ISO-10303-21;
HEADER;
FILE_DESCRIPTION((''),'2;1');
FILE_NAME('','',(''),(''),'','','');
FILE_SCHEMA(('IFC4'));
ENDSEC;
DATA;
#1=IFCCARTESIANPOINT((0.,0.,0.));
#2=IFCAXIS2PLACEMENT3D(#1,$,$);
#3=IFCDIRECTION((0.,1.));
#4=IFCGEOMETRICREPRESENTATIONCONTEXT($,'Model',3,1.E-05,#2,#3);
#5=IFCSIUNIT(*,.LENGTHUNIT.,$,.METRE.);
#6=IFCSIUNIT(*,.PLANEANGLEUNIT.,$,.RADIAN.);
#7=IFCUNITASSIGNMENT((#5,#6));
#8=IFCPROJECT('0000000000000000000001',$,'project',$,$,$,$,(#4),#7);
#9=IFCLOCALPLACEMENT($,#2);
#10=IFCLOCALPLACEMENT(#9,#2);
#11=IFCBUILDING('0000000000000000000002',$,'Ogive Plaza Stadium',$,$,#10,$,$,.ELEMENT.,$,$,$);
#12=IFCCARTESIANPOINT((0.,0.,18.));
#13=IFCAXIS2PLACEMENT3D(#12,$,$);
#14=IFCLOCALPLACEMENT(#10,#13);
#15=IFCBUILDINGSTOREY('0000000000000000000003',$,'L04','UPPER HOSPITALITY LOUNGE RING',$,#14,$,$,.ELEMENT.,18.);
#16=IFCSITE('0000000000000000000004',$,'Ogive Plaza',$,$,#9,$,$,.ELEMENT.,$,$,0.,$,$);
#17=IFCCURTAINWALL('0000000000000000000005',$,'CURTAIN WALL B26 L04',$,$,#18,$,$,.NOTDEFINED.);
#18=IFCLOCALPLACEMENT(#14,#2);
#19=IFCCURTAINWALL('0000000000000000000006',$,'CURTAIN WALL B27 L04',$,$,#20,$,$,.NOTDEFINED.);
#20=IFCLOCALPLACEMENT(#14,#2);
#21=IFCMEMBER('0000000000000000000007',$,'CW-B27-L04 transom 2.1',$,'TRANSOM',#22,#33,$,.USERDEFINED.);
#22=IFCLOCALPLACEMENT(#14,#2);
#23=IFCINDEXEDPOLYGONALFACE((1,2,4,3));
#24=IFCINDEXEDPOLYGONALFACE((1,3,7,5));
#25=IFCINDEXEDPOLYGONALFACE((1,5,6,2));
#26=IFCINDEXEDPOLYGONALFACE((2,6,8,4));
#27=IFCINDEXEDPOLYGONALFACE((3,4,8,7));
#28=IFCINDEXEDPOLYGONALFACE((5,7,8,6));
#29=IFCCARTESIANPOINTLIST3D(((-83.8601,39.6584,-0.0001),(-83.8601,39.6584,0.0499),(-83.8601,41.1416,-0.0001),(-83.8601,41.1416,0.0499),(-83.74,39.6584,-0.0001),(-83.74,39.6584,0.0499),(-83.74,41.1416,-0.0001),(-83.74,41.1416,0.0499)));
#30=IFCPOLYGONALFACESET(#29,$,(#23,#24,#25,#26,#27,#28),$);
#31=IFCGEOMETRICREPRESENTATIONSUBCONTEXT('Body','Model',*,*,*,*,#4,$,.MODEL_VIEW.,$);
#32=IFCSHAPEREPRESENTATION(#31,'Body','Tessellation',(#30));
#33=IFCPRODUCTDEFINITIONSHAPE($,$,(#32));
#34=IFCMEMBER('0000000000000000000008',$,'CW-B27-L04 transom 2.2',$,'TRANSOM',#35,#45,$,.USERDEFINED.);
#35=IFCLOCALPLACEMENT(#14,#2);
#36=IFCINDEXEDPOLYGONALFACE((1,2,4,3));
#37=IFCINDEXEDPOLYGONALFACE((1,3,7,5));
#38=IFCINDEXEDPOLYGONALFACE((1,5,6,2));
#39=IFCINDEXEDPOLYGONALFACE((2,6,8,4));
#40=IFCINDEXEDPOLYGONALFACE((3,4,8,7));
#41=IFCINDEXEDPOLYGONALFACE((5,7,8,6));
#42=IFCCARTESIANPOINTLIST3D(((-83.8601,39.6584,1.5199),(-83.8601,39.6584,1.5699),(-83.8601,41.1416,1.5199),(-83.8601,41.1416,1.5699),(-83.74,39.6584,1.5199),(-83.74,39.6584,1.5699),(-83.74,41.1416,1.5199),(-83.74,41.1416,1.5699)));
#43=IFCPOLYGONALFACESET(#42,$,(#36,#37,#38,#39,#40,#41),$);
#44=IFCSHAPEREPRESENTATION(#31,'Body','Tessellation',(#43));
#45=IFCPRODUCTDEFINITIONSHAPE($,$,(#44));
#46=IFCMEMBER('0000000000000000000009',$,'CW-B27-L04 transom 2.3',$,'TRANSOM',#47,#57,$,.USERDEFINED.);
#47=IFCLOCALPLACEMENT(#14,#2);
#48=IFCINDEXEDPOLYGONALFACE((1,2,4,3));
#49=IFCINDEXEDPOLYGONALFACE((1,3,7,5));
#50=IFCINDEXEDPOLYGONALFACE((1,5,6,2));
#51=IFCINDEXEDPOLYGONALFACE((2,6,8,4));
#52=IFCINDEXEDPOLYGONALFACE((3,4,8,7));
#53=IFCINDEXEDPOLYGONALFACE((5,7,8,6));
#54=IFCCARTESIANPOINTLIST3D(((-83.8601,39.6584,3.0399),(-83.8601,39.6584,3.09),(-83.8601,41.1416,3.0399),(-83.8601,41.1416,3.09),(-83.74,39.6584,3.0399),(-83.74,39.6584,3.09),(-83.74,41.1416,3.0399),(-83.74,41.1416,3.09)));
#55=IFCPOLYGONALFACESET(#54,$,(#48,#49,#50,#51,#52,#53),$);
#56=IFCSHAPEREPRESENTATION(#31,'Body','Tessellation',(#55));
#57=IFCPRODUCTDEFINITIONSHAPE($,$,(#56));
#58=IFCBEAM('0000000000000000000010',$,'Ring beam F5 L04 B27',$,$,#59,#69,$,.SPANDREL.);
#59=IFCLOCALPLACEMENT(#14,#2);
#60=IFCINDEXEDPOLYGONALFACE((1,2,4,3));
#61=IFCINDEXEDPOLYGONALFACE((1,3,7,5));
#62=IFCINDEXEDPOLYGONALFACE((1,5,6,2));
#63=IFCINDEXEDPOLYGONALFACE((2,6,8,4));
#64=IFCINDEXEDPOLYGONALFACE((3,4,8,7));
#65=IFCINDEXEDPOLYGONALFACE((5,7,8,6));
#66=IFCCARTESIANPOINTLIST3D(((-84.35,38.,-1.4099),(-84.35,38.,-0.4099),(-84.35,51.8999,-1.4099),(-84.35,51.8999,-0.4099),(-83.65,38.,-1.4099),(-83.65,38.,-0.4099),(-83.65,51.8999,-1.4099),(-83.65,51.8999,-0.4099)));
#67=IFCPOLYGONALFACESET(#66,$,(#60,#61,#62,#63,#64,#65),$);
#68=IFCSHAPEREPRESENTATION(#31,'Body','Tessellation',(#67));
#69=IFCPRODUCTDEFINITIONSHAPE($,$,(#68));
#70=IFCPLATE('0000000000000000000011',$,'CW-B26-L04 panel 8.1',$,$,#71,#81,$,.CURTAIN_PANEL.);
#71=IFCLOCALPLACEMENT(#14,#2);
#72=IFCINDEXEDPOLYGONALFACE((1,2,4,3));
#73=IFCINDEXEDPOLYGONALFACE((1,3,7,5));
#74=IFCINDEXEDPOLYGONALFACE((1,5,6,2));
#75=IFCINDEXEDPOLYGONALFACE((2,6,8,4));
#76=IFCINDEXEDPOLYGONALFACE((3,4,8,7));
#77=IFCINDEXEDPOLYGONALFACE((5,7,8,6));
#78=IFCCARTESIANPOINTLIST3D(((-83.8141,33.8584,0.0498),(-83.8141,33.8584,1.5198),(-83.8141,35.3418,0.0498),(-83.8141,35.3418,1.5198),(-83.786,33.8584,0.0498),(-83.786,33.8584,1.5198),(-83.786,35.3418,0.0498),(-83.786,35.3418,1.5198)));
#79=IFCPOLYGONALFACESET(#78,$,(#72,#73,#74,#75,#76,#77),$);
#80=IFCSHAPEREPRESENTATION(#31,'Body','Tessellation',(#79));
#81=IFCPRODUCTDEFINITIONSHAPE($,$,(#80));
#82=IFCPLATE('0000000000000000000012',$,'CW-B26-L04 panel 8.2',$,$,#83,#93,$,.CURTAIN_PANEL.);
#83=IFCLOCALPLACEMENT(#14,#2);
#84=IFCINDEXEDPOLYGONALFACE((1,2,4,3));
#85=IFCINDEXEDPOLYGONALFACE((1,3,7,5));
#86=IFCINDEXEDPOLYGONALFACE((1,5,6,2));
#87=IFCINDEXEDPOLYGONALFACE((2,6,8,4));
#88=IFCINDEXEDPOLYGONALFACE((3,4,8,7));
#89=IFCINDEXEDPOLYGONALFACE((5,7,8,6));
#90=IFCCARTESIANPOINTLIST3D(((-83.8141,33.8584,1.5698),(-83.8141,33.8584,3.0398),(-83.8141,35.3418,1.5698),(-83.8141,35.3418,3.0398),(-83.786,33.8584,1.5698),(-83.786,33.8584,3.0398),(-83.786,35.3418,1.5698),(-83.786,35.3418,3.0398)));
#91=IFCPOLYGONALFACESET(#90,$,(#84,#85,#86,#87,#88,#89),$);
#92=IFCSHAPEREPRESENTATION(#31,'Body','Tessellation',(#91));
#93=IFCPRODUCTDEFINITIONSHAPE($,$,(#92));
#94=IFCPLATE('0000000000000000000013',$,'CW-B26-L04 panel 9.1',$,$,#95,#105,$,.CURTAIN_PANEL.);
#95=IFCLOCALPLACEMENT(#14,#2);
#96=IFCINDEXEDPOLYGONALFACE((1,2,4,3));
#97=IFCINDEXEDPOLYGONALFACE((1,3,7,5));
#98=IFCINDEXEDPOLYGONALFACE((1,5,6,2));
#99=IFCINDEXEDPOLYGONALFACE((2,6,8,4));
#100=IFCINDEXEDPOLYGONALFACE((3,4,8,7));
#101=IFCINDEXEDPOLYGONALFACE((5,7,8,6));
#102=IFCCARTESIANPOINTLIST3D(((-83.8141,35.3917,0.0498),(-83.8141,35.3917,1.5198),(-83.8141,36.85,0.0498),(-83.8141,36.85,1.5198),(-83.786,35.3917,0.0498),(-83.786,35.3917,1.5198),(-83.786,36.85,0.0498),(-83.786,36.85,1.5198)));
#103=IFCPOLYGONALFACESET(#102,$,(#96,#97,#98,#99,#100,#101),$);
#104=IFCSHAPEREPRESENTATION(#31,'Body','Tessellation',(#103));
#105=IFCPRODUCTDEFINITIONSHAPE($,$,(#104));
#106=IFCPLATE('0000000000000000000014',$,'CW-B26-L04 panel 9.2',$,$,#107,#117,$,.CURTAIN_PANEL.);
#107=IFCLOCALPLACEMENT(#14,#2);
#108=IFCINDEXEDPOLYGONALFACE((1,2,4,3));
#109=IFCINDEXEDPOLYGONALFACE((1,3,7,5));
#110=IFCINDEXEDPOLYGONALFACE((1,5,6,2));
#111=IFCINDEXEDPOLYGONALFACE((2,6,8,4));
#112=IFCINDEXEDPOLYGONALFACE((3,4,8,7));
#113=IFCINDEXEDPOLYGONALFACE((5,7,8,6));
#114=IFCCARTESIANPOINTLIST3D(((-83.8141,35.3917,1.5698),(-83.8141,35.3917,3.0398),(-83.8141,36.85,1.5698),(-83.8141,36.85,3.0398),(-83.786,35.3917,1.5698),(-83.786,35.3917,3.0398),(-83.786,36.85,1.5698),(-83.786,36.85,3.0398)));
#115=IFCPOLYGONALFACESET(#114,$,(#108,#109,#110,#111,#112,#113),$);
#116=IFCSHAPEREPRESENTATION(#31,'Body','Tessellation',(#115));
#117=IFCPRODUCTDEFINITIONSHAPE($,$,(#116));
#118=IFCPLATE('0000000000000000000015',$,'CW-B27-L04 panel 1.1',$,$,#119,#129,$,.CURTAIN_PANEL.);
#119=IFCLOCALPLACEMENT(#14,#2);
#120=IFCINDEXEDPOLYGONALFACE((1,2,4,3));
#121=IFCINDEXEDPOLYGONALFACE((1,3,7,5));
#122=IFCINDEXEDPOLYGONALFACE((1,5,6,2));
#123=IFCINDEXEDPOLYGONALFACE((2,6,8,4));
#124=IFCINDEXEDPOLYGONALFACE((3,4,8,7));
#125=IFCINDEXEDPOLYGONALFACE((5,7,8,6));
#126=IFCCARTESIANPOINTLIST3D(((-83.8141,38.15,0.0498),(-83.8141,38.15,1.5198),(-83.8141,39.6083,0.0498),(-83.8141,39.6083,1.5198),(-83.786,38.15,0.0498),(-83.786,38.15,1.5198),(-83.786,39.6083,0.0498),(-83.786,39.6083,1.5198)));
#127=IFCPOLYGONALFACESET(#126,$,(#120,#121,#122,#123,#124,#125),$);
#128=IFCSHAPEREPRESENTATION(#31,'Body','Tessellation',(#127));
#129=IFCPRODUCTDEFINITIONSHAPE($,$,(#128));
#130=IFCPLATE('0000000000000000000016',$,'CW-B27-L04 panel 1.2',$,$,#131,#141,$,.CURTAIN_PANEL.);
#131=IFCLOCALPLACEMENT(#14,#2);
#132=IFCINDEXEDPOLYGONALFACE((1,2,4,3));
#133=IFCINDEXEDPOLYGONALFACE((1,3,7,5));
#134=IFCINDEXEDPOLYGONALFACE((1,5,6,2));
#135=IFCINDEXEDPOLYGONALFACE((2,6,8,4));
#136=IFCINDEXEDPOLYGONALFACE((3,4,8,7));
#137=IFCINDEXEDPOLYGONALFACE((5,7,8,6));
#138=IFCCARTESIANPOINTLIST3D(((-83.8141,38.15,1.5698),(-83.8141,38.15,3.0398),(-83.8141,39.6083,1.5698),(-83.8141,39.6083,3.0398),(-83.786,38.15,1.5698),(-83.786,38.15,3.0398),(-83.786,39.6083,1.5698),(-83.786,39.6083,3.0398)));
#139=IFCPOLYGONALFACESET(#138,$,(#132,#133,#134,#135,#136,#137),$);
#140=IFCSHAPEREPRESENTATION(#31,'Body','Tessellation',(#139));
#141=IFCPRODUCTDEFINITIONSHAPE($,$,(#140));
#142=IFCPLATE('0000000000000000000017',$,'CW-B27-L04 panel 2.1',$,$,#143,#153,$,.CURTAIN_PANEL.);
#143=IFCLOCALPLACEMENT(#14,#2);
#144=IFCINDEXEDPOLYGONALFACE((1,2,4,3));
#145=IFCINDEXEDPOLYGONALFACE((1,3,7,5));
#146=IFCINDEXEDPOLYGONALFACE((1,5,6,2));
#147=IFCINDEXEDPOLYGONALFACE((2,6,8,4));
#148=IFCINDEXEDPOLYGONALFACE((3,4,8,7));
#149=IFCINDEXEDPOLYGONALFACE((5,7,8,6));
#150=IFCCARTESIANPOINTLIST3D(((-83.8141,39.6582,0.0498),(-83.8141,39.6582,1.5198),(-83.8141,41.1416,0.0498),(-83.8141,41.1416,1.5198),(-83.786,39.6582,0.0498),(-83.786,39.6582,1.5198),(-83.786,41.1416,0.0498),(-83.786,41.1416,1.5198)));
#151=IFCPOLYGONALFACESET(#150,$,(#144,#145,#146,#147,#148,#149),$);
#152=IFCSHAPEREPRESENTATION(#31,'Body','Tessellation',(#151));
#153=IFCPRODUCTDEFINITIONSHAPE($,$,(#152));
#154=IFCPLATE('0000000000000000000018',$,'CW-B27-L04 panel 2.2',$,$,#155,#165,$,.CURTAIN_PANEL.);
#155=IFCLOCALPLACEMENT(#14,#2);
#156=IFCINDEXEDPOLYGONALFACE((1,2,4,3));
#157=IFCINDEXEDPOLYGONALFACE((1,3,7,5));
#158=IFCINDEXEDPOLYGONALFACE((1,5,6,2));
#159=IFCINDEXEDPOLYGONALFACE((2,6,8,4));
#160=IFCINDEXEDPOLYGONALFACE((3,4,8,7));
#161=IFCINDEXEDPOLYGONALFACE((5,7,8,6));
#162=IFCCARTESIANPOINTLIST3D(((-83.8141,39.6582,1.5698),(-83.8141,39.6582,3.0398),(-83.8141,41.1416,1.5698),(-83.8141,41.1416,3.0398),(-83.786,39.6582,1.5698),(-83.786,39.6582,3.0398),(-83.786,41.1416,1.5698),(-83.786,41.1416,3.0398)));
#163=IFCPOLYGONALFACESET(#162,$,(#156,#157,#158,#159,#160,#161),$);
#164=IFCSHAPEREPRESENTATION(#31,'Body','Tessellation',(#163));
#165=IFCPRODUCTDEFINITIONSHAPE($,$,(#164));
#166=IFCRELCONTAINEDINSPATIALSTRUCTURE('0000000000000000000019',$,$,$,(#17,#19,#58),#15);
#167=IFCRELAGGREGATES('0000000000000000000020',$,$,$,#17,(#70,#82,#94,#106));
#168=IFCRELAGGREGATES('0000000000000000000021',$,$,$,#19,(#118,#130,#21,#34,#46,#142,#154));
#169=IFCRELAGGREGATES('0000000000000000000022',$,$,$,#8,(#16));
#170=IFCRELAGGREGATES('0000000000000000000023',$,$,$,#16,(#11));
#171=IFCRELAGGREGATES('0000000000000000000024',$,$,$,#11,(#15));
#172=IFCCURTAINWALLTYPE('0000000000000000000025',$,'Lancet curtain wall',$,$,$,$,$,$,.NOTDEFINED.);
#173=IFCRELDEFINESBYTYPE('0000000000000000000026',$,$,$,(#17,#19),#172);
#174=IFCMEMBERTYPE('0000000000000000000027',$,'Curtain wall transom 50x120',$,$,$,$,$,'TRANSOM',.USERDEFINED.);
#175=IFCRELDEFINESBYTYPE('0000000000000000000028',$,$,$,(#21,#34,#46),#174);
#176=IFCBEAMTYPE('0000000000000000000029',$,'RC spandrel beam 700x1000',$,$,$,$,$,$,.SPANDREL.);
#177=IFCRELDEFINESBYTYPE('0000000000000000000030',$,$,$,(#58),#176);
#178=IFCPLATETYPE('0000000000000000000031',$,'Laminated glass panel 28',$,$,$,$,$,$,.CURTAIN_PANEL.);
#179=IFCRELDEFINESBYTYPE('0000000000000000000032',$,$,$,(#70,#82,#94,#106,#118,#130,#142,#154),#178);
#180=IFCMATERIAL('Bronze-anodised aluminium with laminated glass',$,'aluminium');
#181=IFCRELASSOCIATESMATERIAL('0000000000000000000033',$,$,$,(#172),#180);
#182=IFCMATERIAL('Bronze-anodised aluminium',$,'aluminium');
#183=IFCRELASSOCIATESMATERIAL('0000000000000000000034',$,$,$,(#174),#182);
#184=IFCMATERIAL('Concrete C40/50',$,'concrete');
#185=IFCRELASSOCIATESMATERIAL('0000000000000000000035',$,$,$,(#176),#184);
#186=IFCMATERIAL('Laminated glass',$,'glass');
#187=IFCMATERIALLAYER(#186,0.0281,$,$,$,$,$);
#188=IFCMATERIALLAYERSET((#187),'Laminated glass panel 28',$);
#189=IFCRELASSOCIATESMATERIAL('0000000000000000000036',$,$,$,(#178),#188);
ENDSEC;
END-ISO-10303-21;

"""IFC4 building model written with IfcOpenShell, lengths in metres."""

from ifc_helpers import new_model, si_unit, direction, frame, origin, origin_2d, place, context, subcontext, project, spatial, rectangle, extrude, material, layer, layer_set, material_profile, profile_set, type_object, element, aggregate, save


model = new_model("IFC4")

# Units and contexts
model_context = context("Model", 3, precision=1e-05, world=origin(), true_north=direction((0.0, 1.0)))
body_context = subcontext(model_context, "Body", "Model", "MODEL_VIEW")
ifc_project = project(units=[si_unit("LENGTHUNIT", "METRE"), si_unit("PLANEANGLEUNIT", "RADIAN")], contexts=[model_context])

# Site, building, storey
site_placement = place(None, origin())
site = spatial("IfcSite", under=ifc_project, at=site_placement, Name="Ogive Plaza", CompositionType="ELEMENT", RefElevation=0.0)
building_placement = place(site_placement, origin())
building = spatial("IfcBuilding", under=site, at=building_placement, Name="Ogive Plaza Stadium", CompositionType="ELEMENT")
storey_placement = place(building_placement, frame((0.0, 0.0, 18.0)))
storey = spatial("IfcBuildingStorey", under=building, at=storey_placement, Name="L04", Description="UPPER HOSPITALITY LOUNGE RING", CompositionType="ELEMENT", Elevation=18.0)

# Curtain walls
ifc_material_1 = material(Name="Bronze-anodised aluminium with laminated glass", Category="aluminium")
curtain_wall_type = type_object("IfcCurtainWallType", Name="Lancet curtain wall", PredefinedType="NOTDEFINED", material=ifc_material_1)
curtain_wall_1_placement = place(storey_placement, origin())
curtain_wall_1 = element("IfcCurtainWall", 1, at=curtain_wall_1_placement, inside=storey, type_object=curtain_wall_type, Name="CURTAIN WALL B26 L04", PredefinedType="NOTDEFINED")
curtain_wall_2_placement = place(storey_placement, origin())
curtain_wall_2 = element("IfcCurtainWall", 2, at=curtain_wall_2_placement, inside=storey, type_object=curtain_wall_type, Name="CURTAIN WALL B27 L04", PredefinedType="NOTDEFINED")

# Members
ifc_material_2 = material(Name="Bronze-anodised aluminium", Category="aluminium")
ifc_material_profile_1 = material_profile(ifc_material_2, rectangle(XDim=0.1201, YDim=0.05, at=origin_2d()), Name="AL 120x50")
ifc_profile_set_1 = profile_set([ifc_material_profile_1], Name="Bronze-anodised aluminium")
member_type_1 = type_object("IfcMemberType", Name="Curtain wall transom 50x120", ElementType="TRANSOM", PredefinedType="USERDEFINED", material=ifc_profile_set_1)
member_1_placement = place(storey_placement, frame((-83.8, 39.6584, 0.0249), z_axis=(0.0, 1.0, 0.0), x_axis=(-1.0, 0.0, 0.0)))
member_1 = element("IfcMember", 3, at=member_1_placement, type_object=member_type_1, Name="CW-B27-L04 transom 2.1", ObjectType="TRANSOM", PredefinedType="USERDEFINED", context=body_context, shape_type="SweptSolid", body=[
    extrude(rectangle(XDim=0.1201, YDim=0.05, at=origin_2d()), origin(), (0.0, 0.0, 1.0), 1.4832),
])
member_2_placement = place(storey_placement, frame((-83.8, 39.6584, 1.5449), z_axis=(0.0, 1.0, 0.0), x_axis=(-1.0, 0.0, 0.0)))
member_2 = element("IfcMember", 4, at=member_2_placement, type_object=member_type_1, Name="CW-B27-L04 transom 2.2", ObjectType="TRANSOM", PredefinedType="USERDEFINED", context=body_context, shape_type="SweptSolid", body=[
    extrude(rectangle(XDim=0.1201, YDim=0.05, at=origin_2d()), origin(), (0.0, 0.0, 1.0), 1.4832),
])
member_3_placement = place(storey_placement, frame((-83.8, 39.6584, 3.0649), z_axis=(0.0, 1.0, 0.0), x_axis=(-1.0, 0.0, 0.0)))
member_3 = element("IfcMember", 5, at=member_3_placement, type_object=member_type_1, Name="CW-B27-L04 transom 2.3", ObjectType="TRANSOM", PredefinedType="USERDEFINED", context=body_context, shape_type="SweptSolid", body=[
    extrude(rectangle(XDim=0.1201, YDim=0.05, at=origin_2d()), origin(), (0.0, 0.0, 1.0), 1.4832),
])

# Beam
ifc_material_3 = material(Name="Concrete C40/50", Category="concrete")
ifc_material_profile_2 = material_profile(ifc_material_3, rectangle(XDim=0.7, YDim=1.0, at=origin_2d()), Name="RC 700x1000")
ifc_profile_set_2 = profile_set([ifc_material_profile_2], Name="Concrete C40/50")
beam_type = type_object("IfcBeamType", Name="RC spandrel beam 700x1000", PredefinedType="SPANDREL", material=ifc_profile_set_2)
beam_placement = place(storey_placement, frame((-84.0, 38.0, -0.9099), z_axis=(0.0, 1.0, 0.0), x_axis=(-1.0, 0.0, 0.0)))
element("IfcBeam", 6, at=beam_placement, inside=storey, type_object=beam_type, Name="Ring beam F5 L04 B27", PredefinedType="SPANDREL", context=body_context, shape_type="SweptSolid", body=[
    extrude(rectangle(XDim=0.7, YDim=1.0, at=origin_2d()), origin(), (0.0, 0.0, 1.0), 13.8999),
])

# Plates
ifc_material_4 = material(Name="Laminated glass", Category="glass")
ifc_layer = layer(ifc_material_4, 0.0281)
ifc_layer_set = layer_set([ifc_layer], Name="Laminated glass panel 28")
plate_type = type_object("IfcPlateType", Name="Laminated glass panel 28", PredefinedType="CURTAIN_PANEL", material=ifc_layer_set)
plate_1_placement = place(storey_placement, frame((-83.8, 34.6001, 0.0498), z_axis=(0.0, 0.0, 1.0), x_axis=(0.0, 1.0, 0.0)))
plate_1 = element("IfcPlate", 7, at=plate_1_placement, type_object=plate_type, Name="CW-B26-L04 panel 8.1", PredefinedType="CURTAIN_PANEL", context=body_context, shape_type="SweptSolid", body=[
    extrude(rectangle(XDim=1.4834, YDim=0.0281, at=origin_2d()), origin(), (0.0, 0.0, 1.0), 1.47),
])
plate_2_placement = place(storey_placement, frame((-83.8, 34.6001, 1.5698), z_axis=(0.0, 0.0, 1.0), x_axis=(0.0, 1.0, 0.0)))
plate_2 = element("IfcPlate", 8, at=plate_2_placement, type_object=plate_type, Name="CW-B26-L04 panel 8.2", PredefinedType="CURTAIN_PANEL", context=body_context, shape_type="SweptSolid", body=[
    extrude(rectangle(XDim=1.4834, YDim=0.0281, at=origin_2d()), origin(), (0.0, 0.0, 1.0), 1.47),
])
plate_3_placement = place(storey_placement, frame((-83.8, 36.1208, 0.0498), z_axis=(0.0, 0.0, 1.0), x_axis=(0.0, 1.0, 0.0)))
plate_3 = element("IfcPlate", 9, at=plate_3_placement, type_object=plate_type, Name="CW-B26-L04 panel 9.1", PredefinedType="CURTAIN_PANEL", context=body_context, shape_type="SweptSolid", body=[
    extrude(rectangle(XDim=1.4583, YDim=0.0281, at=origin_2d()), origin(), (0.0, 0.0, 1.0), 1.47),
])
plate_4_placement = place(storey_placement, frame((-83.8, 36.1208, 1.5698), z_axis=(0.0, 0.0, 1.0), x_axis=(0.0, 1.0, 0.0)))
plate_4 = element("IfcPlate", 10, at=plate_4_placement, type_object=plate_type, Name="CW-B26-L04 panel 9.2", PredefinedType="CURTAIN_PANEL", context=body_context, shape_type="SweptSolid", body=[
    extrude(rectangle(XDim=1.4583, YDim=0.0281, at=origin_2d()), origin(), (0.0, 0.0, 1.0), 1.47),
])
aggregate(curtain_wall_1, [plate_1, plate_2, plate_3, plate_4])
plate_5_placement = place(storey_placement, frame((-83.8, 38.8792, 0.0498), z_axis=(0.0, 0.0, 1.0), x_axis=(0.0, 1.0, 0.0)))
plate_5 = element("IfcPlate", 11, at=plate_5_placement, type_object=plate_type, Name="CW-B27-L04 panel 1.1", PredefinedType="CURTAIN_PANEL", context=body_context, shape_type="SweptSolid", body=[
    extrude(rectangle(XDim=1.4583, YDim=0.0281, at=origin_2d()), origin(), (0.0, 0.0, 1.0), 1.47),
])
plate_6_placement = place(storey_placement, frame((-83.8, 38.8792, 1.5698), z_axis=(0.0, 0.0, 1.0), x_axis=(0.0, 1.0, 0.0)))
plate_6 = element("IfcPlate", 12, at=plate_6_placement, type_object=plate_type, Name="CW-B27-L04 panel 1.2", PredefinedType="CURTAIN_PANEL", context=body_context, shape_type="SweptSolid", body=[
    extrude(rectangle(XDim=1.4583, YDim=0.0281, at=origin_2d()), origin(), (0.0, 0.0, 1.0), 1.47),
])
plate_7_placement = place(storey_placement, frame((-83.8, 40.3999, 0.0498), z_axis=(0.0, 0.0, 1.0), x_axis=(0.0, 1.0, 0.0)))
plate_7 = element("IfcPlate", 13, at=plate_7_placement, type_object=plate_type, Name="CW-B27-L04 panel 2.1", PredefinedType="CURTAIN_PANEL", context=body_context, shape_type="SweptSolid", body=[
    extrude(rectangle(XDim=1.4834, YDim=0.0281, at=origin_2d()), origin(), (0.0, 0.0, 1.0), 1.47),
])
plate_8_placement = place(storey_placement, frame((-83.8, 40.3999, 1.5698), z_axis=(0.0, 0.0, 1.0), x_axis=(0.0, 1.0, 0.0)))
plate_8 = element("IfcPlate", 14, at=plate_8_placement, type_object=plate_type, Name="CW-B27-L04 panel 2.2", PredefinedType="CURTAIN_PANEL", context=body_context, shape_type="SweptSolid", body=[
    extrude(rectangle(XDim=1.4834, YDim=0.0281, at=origin_2d()), origin(), (0.0, 0.0, 1.0), 1.47),
])
aggregate(curtain_wall_2, [plate_5, plate_6, member_1, member_2, member_3, plate_7, plate_8])

save(model, "model.ifc")
